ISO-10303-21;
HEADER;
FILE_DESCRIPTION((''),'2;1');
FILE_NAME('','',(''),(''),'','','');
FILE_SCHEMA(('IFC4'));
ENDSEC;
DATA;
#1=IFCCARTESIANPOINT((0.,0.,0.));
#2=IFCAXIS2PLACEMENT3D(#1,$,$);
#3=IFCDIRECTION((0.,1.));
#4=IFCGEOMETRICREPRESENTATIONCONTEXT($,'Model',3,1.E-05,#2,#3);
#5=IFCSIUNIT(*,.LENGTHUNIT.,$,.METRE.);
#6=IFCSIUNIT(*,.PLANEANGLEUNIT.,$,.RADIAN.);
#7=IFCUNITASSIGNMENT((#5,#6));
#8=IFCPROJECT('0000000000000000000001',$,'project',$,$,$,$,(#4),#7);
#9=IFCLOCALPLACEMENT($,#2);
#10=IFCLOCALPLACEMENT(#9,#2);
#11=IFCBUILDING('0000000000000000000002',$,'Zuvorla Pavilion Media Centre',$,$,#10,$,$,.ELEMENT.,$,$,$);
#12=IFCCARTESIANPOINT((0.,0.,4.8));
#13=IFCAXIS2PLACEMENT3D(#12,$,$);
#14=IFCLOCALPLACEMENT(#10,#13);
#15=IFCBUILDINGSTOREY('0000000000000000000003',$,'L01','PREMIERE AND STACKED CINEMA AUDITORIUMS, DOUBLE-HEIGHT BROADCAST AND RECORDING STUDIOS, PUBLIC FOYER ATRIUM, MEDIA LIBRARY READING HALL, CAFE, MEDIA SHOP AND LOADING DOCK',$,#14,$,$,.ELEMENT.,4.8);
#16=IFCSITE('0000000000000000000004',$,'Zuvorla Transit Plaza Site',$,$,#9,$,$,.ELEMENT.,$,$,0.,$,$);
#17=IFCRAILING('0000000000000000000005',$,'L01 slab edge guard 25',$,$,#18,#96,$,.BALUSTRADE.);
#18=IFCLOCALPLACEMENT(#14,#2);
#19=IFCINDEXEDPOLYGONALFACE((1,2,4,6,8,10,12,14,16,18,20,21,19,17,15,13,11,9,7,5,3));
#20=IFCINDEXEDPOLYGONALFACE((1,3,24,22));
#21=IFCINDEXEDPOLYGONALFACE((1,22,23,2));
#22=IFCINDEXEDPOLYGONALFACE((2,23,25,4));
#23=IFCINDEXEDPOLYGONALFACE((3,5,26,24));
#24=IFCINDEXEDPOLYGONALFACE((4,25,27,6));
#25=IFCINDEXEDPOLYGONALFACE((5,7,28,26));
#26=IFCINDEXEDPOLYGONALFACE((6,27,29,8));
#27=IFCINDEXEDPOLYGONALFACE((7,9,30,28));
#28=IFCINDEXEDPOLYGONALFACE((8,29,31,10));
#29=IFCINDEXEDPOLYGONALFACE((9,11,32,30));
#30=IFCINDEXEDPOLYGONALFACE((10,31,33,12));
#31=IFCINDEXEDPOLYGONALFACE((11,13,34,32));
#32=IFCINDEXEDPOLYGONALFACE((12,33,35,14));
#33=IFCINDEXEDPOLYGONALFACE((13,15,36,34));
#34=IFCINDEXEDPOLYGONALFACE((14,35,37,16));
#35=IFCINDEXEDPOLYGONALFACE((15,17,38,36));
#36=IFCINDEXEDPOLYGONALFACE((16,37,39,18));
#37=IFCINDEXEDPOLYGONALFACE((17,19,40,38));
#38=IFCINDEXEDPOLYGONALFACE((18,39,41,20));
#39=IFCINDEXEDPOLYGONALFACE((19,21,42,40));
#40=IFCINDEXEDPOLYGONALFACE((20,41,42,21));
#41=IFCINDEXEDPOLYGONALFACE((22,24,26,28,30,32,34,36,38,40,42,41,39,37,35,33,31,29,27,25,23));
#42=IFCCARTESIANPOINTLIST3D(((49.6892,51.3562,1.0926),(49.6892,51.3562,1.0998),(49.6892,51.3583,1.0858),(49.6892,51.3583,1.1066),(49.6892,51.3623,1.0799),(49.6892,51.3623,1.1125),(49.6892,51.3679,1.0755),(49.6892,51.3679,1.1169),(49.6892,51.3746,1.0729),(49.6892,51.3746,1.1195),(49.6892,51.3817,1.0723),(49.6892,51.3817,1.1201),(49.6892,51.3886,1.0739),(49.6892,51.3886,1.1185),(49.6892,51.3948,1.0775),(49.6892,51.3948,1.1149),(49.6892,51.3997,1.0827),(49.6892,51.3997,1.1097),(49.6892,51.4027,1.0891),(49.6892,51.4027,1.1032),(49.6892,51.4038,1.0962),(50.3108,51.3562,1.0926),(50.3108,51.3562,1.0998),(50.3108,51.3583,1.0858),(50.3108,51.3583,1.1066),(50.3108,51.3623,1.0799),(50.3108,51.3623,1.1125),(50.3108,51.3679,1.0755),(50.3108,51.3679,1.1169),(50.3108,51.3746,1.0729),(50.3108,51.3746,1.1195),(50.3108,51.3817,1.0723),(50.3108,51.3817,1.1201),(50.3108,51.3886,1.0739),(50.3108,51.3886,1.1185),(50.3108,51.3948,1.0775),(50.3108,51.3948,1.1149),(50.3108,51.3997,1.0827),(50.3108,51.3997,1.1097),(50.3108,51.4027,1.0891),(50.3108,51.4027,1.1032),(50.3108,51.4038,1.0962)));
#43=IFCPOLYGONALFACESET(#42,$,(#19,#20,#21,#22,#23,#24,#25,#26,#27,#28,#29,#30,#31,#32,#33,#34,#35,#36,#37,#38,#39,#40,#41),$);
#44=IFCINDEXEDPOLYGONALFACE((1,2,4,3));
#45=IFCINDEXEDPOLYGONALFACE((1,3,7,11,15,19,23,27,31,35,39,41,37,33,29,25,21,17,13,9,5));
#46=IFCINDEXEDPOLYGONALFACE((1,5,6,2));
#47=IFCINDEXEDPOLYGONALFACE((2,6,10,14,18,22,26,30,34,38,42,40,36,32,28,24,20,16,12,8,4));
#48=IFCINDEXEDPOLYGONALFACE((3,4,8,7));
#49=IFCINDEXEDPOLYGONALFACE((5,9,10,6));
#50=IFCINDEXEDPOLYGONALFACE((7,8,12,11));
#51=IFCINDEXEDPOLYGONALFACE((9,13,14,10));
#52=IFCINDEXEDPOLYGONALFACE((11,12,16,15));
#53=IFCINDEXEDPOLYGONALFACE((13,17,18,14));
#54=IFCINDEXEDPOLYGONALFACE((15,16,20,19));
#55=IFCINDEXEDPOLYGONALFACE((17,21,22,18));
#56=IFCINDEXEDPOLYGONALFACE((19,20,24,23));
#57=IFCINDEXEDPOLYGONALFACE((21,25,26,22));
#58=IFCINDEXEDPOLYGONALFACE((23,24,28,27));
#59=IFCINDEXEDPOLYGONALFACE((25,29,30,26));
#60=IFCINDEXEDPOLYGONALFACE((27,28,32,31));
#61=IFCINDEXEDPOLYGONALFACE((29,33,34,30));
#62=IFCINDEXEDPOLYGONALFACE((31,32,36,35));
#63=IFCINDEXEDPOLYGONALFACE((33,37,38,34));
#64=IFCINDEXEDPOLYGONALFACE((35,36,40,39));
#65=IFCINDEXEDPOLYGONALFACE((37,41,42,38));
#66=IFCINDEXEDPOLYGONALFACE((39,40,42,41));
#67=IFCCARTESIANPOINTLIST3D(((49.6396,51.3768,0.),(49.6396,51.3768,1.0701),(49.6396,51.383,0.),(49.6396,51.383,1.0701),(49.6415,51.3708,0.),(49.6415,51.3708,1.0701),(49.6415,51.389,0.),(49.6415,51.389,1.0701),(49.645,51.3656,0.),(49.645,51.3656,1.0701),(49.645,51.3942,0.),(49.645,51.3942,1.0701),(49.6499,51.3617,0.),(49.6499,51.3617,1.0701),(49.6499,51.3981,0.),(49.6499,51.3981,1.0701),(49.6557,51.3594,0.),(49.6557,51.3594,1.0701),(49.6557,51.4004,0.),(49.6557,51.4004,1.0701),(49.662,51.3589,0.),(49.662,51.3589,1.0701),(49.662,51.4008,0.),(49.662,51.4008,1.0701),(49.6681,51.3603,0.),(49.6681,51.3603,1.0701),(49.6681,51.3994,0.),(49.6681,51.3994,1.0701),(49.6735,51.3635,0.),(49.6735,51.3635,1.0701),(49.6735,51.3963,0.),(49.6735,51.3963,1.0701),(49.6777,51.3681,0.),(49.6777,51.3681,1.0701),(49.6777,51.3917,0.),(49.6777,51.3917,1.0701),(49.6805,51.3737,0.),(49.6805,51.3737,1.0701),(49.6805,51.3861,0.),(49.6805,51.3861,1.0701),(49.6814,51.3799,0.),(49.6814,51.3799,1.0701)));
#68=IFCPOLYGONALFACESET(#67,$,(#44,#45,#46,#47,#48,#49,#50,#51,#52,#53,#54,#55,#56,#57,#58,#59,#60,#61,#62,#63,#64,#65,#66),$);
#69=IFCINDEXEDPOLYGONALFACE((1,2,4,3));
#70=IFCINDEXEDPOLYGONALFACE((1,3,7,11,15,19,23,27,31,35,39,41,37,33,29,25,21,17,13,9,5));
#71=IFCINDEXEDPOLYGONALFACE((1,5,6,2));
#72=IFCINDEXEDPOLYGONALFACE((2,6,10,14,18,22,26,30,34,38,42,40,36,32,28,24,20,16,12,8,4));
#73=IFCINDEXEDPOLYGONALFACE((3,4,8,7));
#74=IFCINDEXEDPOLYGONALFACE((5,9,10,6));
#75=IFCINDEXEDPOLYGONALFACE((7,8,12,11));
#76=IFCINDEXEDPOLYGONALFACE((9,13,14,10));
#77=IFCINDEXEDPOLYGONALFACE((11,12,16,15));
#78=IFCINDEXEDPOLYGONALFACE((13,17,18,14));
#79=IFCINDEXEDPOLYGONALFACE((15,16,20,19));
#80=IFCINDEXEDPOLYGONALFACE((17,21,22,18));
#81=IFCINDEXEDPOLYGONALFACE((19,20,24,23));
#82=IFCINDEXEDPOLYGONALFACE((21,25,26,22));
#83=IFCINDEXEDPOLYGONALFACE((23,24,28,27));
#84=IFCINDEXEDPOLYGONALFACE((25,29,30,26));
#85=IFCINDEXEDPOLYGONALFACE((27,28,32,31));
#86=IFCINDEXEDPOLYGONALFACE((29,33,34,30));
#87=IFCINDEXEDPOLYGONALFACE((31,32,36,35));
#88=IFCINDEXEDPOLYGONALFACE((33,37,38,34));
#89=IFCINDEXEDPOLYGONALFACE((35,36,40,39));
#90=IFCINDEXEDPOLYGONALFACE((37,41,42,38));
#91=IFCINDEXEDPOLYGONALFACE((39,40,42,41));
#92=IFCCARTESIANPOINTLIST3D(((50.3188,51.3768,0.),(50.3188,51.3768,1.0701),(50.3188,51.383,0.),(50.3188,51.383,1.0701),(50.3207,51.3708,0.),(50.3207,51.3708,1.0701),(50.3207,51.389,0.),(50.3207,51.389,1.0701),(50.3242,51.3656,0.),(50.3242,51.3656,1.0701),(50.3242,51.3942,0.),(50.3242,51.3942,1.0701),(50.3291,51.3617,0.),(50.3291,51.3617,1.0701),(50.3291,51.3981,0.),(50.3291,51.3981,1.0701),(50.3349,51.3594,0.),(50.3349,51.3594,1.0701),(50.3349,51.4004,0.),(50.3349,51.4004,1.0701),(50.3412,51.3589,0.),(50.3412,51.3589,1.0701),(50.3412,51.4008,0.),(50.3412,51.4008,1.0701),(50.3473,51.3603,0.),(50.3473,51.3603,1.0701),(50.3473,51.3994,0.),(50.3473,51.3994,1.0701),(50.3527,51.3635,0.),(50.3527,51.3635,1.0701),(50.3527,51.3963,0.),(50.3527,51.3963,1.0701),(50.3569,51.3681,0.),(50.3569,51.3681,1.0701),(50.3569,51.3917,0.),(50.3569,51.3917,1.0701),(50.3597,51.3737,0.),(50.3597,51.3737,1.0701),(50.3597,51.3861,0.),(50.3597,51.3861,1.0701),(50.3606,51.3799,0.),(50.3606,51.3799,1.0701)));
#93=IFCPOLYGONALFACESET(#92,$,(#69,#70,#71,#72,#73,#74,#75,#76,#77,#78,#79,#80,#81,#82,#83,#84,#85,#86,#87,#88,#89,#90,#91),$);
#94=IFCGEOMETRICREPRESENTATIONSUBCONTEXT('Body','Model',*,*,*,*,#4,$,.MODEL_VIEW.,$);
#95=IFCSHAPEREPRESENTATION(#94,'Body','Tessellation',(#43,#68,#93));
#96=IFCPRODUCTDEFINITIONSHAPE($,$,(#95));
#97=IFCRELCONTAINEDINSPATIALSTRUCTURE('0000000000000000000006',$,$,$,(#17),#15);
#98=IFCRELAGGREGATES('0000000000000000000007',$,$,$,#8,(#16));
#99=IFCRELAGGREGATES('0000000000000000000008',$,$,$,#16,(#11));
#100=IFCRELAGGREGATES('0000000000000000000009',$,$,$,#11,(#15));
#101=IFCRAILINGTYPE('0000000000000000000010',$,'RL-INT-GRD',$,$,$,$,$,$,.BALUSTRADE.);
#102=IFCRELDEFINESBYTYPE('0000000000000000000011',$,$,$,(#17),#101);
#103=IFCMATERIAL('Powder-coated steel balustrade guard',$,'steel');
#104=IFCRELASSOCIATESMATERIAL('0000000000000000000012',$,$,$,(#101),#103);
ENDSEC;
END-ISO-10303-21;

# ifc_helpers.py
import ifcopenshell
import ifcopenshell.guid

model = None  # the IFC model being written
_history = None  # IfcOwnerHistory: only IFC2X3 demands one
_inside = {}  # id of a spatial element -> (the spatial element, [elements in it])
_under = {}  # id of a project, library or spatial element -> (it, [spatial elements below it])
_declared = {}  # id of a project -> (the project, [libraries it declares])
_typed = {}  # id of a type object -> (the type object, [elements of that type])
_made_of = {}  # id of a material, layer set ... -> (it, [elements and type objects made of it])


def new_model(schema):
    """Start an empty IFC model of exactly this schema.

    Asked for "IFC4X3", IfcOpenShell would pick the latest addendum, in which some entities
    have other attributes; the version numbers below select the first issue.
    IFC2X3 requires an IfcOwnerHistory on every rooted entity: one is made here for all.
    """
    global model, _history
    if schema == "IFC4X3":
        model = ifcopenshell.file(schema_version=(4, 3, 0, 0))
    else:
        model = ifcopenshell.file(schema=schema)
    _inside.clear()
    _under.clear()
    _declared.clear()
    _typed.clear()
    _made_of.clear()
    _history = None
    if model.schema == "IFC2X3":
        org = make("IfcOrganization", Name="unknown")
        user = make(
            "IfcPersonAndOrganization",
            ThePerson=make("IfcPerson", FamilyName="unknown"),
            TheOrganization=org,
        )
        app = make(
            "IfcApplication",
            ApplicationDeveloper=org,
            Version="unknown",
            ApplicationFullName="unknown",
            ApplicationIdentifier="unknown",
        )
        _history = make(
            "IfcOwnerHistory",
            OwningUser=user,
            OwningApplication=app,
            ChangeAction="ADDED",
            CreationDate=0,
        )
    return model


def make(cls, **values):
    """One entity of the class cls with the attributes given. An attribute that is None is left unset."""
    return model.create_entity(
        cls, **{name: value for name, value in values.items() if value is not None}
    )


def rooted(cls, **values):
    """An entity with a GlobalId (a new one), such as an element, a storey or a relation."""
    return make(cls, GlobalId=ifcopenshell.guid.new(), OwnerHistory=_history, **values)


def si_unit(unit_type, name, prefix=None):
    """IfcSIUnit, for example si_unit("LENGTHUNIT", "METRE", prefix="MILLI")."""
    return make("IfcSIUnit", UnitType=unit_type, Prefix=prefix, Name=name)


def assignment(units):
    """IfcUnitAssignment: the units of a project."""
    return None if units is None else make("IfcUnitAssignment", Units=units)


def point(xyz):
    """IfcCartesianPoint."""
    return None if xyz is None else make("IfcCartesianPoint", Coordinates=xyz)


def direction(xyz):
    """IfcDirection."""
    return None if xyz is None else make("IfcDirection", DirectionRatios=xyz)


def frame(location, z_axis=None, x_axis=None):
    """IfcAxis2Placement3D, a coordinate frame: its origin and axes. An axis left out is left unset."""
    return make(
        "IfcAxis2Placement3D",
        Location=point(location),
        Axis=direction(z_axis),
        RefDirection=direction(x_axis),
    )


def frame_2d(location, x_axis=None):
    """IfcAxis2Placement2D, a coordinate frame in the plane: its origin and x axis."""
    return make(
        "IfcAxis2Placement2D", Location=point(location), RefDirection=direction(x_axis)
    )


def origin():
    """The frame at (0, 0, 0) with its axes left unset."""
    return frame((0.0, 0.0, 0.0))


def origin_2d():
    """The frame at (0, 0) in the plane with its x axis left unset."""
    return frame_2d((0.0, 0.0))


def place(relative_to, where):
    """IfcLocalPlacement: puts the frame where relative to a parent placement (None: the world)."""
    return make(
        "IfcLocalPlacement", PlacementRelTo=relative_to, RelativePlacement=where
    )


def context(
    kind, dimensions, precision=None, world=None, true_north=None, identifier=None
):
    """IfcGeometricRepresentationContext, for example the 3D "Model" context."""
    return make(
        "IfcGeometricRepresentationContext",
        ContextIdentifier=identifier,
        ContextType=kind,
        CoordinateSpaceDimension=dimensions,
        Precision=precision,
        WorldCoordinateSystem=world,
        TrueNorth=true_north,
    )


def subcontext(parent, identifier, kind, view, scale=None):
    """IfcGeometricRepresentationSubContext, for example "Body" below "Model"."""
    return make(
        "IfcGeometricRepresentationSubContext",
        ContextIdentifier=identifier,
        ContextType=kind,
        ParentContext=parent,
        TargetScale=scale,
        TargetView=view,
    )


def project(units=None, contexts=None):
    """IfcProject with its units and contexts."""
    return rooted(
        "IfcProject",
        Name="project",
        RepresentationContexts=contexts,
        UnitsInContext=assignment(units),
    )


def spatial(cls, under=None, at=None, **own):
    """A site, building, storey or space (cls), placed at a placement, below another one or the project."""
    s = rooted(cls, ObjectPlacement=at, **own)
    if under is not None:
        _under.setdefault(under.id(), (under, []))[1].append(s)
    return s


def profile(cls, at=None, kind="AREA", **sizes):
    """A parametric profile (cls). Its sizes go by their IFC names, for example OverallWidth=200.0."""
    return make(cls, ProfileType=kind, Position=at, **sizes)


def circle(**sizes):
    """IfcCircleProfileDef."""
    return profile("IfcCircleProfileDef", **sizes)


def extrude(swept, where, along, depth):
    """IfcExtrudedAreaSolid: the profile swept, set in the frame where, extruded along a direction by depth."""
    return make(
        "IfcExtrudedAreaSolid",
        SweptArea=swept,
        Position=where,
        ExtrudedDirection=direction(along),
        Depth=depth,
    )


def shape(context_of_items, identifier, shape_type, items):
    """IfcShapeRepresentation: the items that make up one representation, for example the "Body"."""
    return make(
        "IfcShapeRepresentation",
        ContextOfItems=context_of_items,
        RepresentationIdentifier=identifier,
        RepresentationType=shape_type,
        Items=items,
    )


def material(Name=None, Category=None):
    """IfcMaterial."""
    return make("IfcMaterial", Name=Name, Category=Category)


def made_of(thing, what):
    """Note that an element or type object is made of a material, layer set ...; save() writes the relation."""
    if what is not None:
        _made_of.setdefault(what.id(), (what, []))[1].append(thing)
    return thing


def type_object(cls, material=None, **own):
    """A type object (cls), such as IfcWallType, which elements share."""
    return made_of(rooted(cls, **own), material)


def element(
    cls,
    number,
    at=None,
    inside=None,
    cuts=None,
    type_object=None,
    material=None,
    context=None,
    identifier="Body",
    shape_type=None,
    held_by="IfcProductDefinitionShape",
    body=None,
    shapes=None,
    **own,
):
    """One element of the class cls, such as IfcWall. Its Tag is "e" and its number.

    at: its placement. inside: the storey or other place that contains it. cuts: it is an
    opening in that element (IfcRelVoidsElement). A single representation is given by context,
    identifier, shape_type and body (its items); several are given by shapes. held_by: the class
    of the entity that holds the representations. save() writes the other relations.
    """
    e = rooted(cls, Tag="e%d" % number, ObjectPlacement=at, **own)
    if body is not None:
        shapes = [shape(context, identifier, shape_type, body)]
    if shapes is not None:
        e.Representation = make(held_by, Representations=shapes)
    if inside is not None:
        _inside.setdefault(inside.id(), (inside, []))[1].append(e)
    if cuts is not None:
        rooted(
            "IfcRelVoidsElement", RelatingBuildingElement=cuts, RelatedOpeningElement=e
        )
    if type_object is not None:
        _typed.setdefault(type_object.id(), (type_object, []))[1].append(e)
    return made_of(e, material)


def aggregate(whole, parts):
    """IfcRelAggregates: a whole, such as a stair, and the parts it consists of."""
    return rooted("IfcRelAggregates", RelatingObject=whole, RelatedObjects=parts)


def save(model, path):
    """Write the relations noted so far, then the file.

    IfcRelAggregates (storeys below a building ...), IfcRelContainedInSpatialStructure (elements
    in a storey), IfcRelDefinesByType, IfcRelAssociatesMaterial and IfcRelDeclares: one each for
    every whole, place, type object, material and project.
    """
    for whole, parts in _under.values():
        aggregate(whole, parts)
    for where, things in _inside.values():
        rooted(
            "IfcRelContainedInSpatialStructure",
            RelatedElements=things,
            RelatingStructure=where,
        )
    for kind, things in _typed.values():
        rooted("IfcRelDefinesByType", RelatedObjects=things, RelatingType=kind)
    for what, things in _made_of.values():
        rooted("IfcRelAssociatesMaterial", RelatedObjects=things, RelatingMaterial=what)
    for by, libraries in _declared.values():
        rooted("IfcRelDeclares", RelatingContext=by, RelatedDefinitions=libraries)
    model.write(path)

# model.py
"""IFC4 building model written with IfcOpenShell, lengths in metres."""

from ifc_helpers import new_model, si_unit, direction, frame, origin, origin_2d, place, context, subcontext, project, spatial, circle, extrude, material, type_object, element, save


model = new_model("IFC4")

# Units and contexts
model_context = context("Model", 3, precision=1e-05, world=origin(), true_north=direction((0.0, 1.0)))
body_context = subcontext(model_context, "Body", "Model", "MODEL_VIEW")
ifc_project = project(units=[si_unit("LENGTHUNIT", "METRE"), si_unit("PLANEANGLEUNIT", "RADIAN")], contexts=[model_context])

# Site, building, storey
site_placement = place(None, origin())
site = spatial("IfcSite", under=ifc_project, at=site_placement, Name="Zuvorla Transit Plaza Site", CompositionType="ELEMENT", RefElevation=0.0)
building_placement = place(site_placement, origin())
building = spatial("IfcBuilding", under=site, at=building_placement, Name="Zuvorla Pavilion Media Centre", CompositionType="ELEMENT")
storey_placement = place(building_placement, frame((0.0, 0.0, 4.8)))
storey = spatial("IfcBuildingStorey", under=building, at=storey_placement, Name="L01", Description="PREMIERE AND STACKED CINEMA AUDITORIUMS, DOUBLE-HEIGHT BROADCAST AND RECORDING STUDIOS, PUBLIC FOYER ATRIUM, MEDIA LIBRARY READING HALL, CAFE, MEDIA SHOP AND LOADING DOCK", CompositionType="ELEMENT", Elevation=4.8)

# Railing
ifc_material_1 = material(Name="Powder-coated steel balustrade guard", Category="steel")
railing_type = type_object("IfcRailingType", Name="RL-INT-GRD", PredefinedType="BALUSTRADE", material=ifc_material_1)
railing_placement = place(storey_placement, frame((49.6604, 51.3799, 0.0)))
element("IfcRailing", 1, at=railing_placement, inside=storey, type_object=railing_type, Name="L01 slab edge guard 25", PredefinedType="BALUSTRADE", context=body_context, shape_type="SweptSolid", body=[
    extrude(circle(Radius=0.0239, at=origin_2d()), frame((0.0288, 0.0, 1.0962), z_axis=(1.0, 0.0, 0.0), x_axis=(0.0, 1.0, 0.0)), (0.0, 0.0, 1.0), 0.6216),
    extrude(circle(Radius=0.021, at=origin_2d()), origin(), (0.0, 0.0, 1.0), 1.0701),
    extrude(circle(Radius=0.021, at=origin_2d()), frame((0.6792, 0.0, 0.0)), (0.0, 0.0, 1.0), 1.0701),
])

save(model, "model.ifc")
